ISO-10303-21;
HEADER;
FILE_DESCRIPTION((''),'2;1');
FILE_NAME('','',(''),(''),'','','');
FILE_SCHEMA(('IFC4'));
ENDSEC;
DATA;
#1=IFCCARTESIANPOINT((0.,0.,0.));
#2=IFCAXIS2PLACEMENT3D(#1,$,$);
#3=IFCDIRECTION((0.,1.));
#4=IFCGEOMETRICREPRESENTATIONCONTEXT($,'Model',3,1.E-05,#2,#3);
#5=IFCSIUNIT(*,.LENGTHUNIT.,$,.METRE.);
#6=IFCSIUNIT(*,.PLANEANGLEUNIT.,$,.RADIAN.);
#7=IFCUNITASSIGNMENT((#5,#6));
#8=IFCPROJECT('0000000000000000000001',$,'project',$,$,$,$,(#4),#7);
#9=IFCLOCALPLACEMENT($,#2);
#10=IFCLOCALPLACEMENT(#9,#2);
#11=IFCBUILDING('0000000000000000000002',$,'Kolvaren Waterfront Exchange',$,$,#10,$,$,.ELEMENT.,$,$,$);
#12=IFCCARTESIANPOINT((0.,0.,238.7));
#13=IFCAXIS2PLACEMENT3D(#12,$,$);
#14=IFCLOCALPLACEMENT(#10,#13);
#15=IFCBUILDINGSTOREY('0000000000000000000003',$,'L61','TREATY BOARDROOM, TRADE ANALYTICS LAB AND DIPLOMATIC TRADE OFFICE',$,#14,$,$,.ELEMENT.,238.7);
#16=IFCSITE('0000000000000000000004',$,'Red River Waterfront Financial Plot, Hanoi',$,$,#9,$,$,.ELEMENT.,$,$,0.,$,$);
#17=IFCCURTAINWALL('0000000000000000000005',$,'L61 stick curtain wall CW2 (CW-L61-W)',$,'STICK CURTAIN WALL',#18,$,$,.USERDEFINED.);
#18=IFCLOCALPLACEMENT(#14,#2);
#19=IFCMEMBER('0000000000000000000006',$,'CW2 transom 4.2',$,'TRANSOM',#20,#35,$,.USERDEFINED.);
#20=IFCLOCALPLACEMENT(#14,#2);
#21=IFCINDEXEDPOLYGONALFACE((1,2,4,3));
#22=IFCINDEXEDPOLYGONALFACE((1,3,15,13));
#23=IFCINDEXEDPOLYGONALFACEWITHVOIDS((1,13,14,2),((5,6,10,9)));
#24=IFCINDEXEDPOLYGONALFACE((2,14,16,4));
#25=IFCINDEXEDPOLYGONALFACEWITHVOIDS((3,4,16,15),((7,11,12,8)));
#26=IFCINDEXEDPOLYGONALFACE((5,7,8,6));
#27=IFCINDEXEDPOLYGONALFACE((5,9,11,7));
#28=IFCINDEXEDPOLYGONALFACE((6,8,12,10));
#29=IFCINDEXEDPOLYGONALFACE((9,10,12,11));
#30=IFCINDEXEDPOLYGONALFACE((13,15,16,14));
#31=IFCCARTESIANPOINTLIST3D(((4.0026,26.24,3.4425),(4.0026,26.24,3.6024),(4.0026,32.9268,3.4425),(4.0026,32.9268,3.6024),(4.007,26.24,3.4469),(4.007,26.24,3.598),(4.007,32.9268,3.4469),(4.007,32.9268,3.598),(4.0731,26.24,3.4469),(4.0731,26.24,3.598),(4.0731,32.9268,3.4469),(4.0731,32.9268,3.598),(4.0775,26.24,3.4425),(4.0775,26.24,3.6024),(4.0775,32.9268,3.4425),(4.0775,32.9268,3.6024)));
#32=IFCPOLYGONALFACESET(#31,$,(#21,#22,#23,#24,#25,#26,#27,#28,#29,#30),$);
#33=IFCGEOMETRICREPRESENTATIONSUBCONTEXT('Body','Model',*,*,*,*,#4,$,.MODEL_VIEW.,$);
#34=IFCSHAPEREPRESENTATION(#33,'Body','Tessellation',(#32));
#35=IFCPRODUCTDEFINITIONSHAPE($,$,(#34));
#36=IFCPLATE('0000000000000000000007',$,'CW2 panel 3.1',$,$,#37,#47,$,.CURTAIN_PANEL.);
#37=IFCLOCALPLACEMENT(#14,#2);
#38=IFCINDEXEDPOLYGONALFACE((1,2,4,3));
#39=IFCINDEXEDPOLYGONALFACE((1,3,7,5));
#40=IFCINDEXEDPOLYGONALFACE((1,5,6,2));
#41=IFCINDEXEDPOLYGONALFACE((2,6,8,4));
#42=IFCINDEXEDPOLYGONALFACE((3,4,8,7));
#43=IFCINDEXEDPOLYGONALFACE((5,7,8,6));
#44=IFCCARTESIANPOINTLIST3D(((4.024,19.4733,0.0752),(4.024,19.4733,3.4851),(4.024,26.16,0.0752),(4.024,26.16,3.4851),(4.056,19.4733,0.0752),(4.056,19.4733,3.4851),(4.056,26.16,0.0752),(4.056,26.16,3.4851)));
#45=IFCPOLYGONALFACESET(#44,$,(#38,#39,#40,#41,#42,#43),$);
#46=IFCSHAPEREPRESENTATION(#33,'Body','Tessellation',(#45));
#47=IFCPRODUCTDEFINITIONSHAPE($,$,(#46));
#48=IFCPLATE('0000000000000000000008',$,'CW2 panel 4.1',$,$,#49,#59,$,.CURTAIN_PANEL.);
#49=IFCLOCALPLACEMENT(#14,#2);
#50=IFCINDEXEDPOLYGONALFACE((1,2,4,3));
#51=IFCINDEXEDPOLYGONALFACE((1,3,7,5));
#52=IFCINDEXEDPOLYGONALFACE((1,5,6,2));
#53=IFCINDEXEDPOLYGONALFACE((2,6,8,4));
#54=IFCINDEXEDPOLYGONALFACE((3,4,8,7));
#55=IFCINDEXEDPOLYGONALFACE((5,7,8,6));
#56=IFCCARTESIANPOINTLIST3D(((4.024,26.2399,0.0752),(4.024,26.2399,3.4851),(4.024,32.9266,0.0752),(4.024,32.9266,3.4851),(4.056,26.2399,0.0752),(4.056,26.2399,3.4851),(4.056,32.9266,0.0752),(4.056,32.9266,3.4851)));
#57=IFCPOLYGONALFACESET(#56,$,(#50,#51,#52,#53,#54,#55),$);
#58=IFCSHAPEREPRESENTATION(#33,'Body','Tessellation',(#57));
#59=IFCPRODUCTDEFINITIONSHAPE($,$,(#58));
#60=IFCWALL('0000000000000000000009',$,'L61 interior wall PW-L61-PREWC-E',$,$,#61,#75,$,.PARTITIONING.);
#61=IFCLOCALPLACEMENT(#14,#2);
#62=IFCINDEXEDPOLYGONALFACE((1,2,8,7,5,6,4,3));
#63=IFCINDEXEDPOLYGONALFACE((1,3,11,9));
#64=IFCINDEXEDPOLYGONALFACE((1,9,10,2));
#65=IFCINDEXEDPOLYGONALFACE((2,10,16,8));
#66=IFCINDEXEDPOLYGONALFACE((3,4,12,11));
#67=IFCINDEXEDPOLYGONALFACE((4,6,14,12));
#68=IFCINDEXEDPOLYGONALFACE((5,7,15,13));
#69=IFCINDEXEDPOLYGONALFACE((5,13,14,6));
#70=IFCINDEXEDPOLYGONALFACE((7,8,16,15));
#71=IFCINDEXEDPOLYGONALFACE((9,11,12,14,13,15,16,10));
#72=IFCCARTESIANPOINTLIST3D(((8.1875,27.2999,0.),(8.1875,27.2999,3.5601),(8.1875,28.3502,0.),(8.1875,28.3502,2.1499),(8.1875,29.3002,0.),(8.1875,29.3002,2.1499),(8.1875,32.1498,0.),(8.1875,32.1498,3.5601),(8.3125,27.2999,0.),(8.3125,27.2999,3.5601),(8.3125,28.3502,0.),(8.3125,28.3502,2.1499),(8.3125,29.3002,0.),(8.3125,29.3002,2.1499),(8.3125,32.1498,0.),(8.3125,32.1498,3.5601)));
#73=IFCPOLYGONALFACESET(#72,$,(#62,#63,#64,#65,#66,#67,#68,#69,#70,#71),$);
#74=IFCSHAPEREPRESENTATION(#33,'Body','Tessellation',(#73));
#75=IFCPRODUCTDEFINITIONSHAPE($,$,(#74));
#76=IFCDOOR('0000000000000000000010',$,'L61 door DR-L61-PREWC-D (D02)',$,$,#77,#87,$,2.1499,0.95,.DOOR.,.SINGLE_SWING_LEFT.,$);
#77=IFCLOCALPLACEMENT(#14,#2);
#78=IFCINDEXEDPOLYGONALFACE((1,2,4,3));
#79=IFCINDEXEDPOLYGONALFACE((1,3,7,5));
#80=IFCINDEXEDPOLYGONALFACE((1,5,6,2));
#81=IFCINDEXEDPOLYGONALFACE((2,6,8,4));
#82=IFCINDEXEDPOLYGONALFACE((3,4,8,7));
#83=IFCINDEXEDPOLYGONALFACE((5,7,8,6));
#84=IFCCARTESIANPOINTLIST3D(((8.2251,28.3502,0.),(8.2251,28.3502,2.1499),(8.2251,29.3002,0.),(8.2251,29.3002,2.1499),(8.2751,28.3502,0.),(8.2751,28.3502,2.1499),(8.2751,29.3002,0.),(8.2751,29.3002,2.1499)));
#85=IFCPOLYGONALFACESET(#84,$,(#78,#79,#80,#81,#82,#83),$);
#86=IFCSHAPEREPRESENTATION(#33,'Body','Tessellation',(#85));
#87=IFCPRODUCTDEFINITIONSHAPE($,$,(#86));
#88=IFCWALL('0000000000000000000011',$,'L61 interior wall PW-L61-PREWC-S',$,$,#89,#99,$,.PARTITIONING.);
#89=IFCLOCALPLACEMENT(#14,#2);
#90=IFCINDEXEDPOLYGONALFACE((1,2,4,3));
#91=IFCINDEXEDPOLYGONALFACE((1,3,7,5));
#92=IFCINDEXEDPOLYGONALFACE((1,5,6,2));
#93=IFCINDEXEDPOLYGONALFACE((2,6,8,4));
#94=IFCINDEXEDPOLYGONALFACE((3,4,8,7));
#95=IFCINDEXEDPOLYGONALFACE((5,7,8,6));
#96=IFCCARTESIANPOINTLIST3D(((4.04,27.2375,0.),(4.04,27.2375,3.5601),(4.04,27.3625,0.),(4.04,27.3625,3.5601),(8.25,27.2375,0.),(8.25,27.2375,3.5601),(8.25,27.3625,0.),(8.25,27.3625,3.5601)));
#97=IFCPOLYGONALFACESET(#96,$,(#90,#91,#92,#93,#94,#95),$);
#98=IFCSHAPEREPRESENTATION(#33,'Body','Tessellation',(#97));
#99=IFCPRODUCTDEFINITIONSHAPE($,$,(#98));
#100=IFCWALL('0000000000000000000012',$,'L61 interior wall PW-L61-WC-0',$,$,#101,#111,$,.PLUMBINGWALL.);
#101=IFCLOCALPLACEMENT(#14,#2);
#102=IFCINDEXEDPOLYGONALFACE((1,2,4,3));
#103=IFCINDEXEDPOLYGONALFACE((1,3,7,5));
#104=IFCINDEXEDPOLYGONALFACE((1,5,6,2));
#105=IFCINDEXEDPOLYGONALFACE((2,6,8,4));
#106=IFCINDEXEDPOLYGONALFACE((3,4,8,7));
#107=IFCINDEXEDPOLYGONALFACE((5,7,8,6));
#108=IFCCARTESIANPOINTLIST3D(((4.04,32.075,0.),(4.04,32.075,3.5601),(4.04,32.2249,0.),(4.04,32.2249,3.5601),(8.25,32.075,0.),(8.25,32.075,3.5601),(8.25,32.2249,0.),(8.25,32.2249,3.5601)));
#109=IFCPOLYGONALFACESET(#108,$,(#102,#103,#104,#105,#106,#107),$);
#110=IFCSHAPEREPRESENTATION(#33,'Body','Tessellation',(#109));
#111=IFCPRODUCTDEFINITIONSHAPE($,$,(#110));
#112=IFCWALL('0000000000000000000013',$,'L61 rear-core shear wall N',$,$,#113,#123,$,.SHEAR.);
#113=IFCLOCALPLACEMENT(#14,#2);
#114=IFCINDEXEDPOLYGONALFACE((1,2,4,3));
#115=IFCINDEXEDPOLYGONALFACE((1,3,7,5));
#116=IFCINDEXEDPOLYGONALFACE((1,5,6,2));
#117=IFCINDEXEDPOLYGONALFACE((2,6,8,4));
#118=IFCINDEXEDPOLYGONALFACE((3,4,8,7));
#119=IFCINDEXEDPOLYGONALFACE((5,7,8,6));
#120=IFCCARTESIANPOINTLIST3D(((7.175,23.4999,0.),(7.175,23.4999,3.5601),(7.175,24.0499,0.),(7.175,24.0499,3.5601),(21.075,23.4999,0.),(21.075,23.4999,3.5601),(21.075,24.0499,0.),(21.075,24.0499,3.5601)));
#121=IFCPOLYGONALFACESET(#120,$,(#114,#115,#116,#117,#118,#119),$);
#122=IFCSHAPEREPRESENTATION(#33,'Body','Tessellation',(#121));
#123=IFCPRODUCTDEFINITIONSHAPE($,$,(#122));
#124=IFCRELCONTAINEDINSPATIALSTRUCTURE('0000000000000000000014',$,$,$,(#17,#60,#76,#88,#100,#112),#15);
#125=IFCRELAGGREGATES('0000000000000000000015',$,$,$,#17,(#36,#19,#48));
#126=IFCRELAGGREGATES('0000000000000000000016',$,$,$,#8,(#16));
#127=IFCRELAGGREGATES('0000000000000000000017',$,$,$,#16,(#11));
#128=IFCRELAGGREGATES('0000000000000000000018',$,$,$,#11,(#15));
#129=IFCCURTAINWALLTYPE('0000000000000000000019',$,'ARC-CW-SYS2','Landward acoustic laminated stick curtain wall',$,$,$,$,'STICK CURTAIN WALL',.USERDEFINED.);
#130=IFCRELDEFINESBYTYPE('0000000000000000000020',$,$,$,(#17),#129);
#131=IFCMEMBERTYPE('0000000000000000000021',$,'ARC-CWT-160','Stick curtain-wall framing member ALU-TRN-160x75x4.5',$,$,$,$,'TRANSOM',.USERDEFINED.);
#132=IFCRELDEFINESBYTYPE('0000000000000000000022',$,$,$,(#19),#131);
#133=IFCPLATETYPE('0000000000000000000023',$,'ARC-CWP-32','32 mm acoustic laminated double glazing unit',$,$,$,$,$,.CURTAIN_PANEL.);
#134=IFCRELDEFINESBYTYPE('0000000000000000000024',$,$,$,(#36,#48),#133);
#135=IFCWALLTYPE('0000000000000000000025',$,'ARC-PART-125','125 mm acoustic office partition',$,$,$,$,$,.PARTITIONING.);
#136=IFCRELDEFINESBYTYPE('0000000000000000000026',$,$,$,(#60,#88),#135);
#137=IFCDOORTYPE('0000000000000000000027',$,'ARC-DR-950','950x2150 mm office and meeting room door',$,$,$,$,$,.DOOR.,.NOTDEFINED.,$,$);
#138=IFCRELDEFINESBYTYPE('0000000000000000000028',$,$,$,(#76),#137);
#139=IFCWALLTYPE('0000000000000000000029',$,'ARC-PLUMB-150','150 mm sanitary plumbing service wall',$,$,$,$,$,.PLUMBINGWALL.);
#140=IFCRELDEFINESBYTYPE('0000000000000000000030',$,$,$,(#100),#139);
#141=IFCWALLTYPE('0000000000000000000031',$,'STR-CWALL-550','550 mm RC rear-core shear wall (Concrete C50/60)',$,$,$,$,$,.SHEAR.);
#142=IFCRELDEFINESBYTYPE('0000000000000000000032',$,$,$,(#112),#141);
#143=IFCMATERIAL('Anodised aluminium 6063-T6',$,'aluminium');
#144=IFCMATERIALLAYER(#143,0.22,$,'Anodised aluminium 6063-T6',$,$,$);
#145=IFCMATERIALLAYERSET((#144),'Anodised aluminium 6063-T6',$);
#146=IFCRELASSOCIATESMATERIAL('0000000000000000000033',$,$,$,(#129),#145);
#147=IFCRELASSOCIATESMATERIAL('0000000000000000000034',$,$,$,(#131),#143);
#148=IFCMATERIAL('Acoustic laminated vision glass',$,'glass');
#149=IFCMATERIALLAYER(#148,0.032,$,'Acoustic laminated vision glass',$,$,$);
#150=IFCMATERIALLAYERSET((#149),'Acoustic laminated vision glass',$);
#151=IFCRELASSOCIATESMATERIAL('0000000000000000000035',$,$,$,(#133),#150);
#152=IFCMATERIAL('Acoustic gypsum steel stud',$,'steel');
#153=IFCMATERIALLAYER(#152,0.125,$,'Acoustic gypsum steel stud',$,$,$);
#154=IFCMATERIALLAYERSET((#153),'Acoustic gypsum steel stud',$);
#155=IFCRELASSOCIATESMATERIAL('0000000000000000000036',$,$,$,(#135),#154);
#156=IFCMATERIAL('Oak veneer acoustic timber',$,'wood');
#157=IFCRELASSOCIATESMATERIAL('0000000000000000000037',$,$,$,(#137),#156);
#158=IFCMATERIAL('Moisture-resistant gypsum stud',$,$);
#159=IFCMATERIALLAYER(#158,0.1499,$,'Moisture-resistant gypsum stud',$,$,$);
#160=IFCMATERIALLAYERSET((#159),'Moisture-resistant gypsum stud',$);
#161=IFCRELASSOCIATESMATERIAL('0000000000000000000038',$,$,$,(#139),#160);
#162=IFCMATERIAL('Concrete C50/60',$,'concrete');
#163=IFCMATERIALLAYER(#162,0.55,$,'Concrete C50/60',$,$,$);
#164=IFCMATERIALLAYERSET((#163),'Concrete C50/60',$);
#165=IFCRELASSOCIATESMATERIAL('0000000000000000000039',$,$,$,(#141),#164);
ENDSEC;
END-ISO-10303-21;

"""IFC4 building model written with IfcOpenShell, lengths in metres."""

from ifc_helpers import new_model, si_unit, direction, frame, frame_2d, origin, origin_with_axes, origin_2d, place, context, subcontext, project, spatial, rectangle, hollow_rectangle, extrude, source, transform, mapped, material, layer, layer_set, material_profile, profile_set, type_object, element, fill, aggregate, save


model = new_model("IFC4")

# Units and contexts
model_context = context("Model", 3, precision=1e-05, world=origin(), true_north=direction((0.0, 1.0)))
body_context = subcontext(model_context, "Body", "Model", "MODEL_VIEW")
ifc_project = project(units=[si_unit("LENGTHUNIT", "METRE"), si_unit("PLANEANGLEUNIT", "RADIAN")], contexts=[model_context])

# Site, building, storey
site_placement = place(None, origin())
site = spatial("IfcSite", under=ifc_project, at=site_placement, Name="Red River Waterfront Financial Plot, Hanoi", CompositionType="ELEMENT", RefElevation=0.0)
building_placement = place(site_placement, origin())
building = spatial("IfcBuilding", under=site, at=building_placement, Name="Kolvaren Waterfront Exchange", CompositionType="ELEMENT")
storey_placement = place(building_placement, frame((0.0, 0.0, 238.7)))
storey = spatial("IfcBuildingStorey", under=building, at=storey_placement, Name="L61", Description="TREATY BOARDROOM, TRADE ANALYTICS LAB AND DIPLOMATIC TRADE OFFICE", CompositionType="ELEMENT", Elevation=238.7)

# Shared definitions
ifc_material_1 = material(Name="Concrete C50/60", Category="concrete")

# Curtain wall, member, plates
ifc_material_2 = material(Name="Anodised aluminium 6063-T6", Category="aluminium")
ifc_layer_1 = layer(ifc_material_2, 0.22, Name="Anodised aluminium 6063-T6")
ifc_layer_set_1 = layer_set([ifc_layer_1], Name="Anodised aluminium 6063-T6")
curtain_wall_type = type_object("IfcCurtainWallType", Name="ARC-CW-SYS2", Description="Landward acoustic laminated stick curtain wall", ElementType="STICK CURTAIN WALL", PredefinedType="USERDEFINED", material=ifc_layer_set_1)
curtain_wall_placement = place(storey_placement, origin())
curtain_wall = element("IfcCurtainWall", 1, at=curtain_wall_placement, inside=storey, type_object=curtain_wall_type, Name="L61 stick curtain wall CW2 (CW-L61-W)", ObjectType="STICK CURTAIN WALL", PredefinedType="USERDEFINED")
ifc_material_profile_1 = material_profile(ifc_material_2, hollow_rectangle(XDim=0.075, YDim=0.1599, WallThickness=0.0044, at=origin_2d()), Name="ALU-TRN-160x75x4.5")
ifc_profile_set_1 = profile_set([ifc_material_profile_1], Name="Anodised aluminium 6063-T6")
member_type_1 = type_object("IfcMemberType", Name="ARC-CWT-160", Description="Stick curtain-wall framing member ALU-TRN-160x75x4.5", ElementType="TRANSOM", PredefinedType="USERDEFINED", material=ifc_profile_set_1)
shared_shape_1 = source(origin_with_axes(), body_context, "Body", "SweptSolid", [
    extrude(hollow_rectangle(XDim=0.075, YDim=0.1599, WallThickness=0.0044, at=origin_2d()), origin(), (0.0, 0.0, 1.0), 6.6868),
])
member_1_placement = place(storey_placement, frame((4.04, 26.24, 3.5225), z_axis=(0.0, 1.0, 0.0), x_axis=(-1.0, 0.0, 0.0)))
member_1 = element("IfcMember", 2, at=member_1_placement, type_object=member_type_1, Name="CW2 transom 4.2", ObjectType="TRANSOM", PredefinedType="USERDEFINED", context=body_context, shape_type="MappedRepresentation", body=[
    mapped(shared_shape_1, transform((0.0, 0.0, 0.0), x_axis=(1.0, 0.0, 0.0), y_axis=(0.0, 1.0, 0.0), z_axis=(0.0, 0.0, 1.0), scale=1.0)),
])
ifc_material_3 = material(Name="Acoustic laminated vision glass", Category="glass")
ifc_layer_2 = layer(ifc_material_3, 0.032, Name="Acoustic laminated vision glass")
ifc_layer_set_2 = layer_set([ifc_layer_2], Name="Acoustic laminated vision glass")
plate_type = type_object("IfcPlateType", Name="ARC-CWP-32", Description="32 mm acoustic laminated double glazing unit", PredefinedType="CURTAIN_PANEL", material=ifc_layer_set_2)
shared_shape_2 = source(origin_with_axes(), body_context, "Body", "SweptSolid", [
    extrude(rectangle(XDim=6.6868, YDim=0.032, at=origin_2d()), origin(), (0.0, 0.0, 1.0), 3.4099),
])
plate_1_placement = place(storey_placement, frame((4.04, 22.8167, 0.0752), z_axis=(0.0, 0.0, 1.0), x_axis=(0.0, 1.0, 0.0)))
plate_1 = element("IfcPlate", 3, at=plate_1_placement, type_object=plate_type, Name="CW2 panel 3.1", PredefinedType="CURTAIN_PANEL", context=body_context, shape_type="MappedRepresentation", body=[
    mapped(shared_shape_2, transform((0.0, 0.0, 0.0), x_axis=(1.0, 0.0, 0.0), y_axis=(0.0, 1.0, 0.0), z_axis=(0.0, 0.0, 1.0), scale=1.0)),
])
plate_2_placement = place(storey_placement, frame((4.04, 29.5833, 0.0752), z_axis=(0.0, 0.0, 1.0), x_axis=(0.0, 1.0, 0.0)))
plate_2 = element("IfcPlate", 4, at=plate_2_placement, type_object=plate_type, Name="CW2 panel 4.1", PredefinedType="CURTAIN_PANEL", context=body_context, shape_type="MappedRepresentation", body=[
    mapped(shared_shape_2, transform((0.0, 0.0, 0.0), x_axis=(1.0, 0.0, 0.0), y_axis=(0.0, 1.0, 0.0), z_axis=(0.0, 0.0, 1.0), scale=1.0)),
])
aggregate(curtain_wall, [plate_1, member_1, plate_2])

# Wall, opening, door
ifc_material_4 = material(Name="Acoustic gypsum steel stud", Category="steel")
ifc_layer_3 = layer(ifc_material_4, 0.125, Name="Acoustic gypsum steel stud")
ifc_layer_set_3 = layer_set([ifc_layer_3], Name="Acoustic gypsum steel stud")
wall_type_1 = type_object("IfcWallType", Name="ARC-PART-125", Description="125 mm acoustic office partition", PredefinedType="PARTITIONING", material=ifc_layer_set_3)
wall_1_placement = place(storey_placement, frame((8.25, 27.3, 0.0), z_axis=(0.0, 0.0, 1.0), x_axis=(0.0, 1.0, 0.0)))
wall_1 = element("IfcWall", 5, at=wall_1_placement, inside=storey, type_object=wall_type_1, Name="L61 interior wall PW-L61-PREWC-E", PredefinedType="PARTITIONING", context=body_context, shape_type="SweptSolid", body=[
    extrude(rectangle(XDim=4.8499, YDim=0.125, at=frame_2d((2.4248, 0.0))), origin(), (0.0, 0.0, 1.0), 3.5601),
])
opening_1_placement = place(wall_1_placement, frame((1.05, 0.0, 0.0)))
opening_1 = element("IfcOpeningElement", 6, at=opening_1_placement, cuts=wall_1, PredefinedType="OPENING", context=body_context, shape_type="SweptSolid", body=[
    extrude(rectangle(XDim=0.95, YDim=2.1499, at=frame_2d((0.4751, 1.075))), frame((0.0, 0.0725, 0.0), z_axis=(0.0, -1.0, 0.0), x_axis=(1.0, 0.0, 0.0)), (0.0, 0.0, 1.0), 0.145),
])
ifc_material_5 = material(Name="Oak veneer acoustic timber", Category="wood")
door_type_1 = type_object("IfcDoorType", Name="ARC-DR-950", Description="950x2150 mm office and meeting room door", OperationType="NOTDEFINED", PredefinedType="DOOR", material=ifc_material_5)
door_1_placement = place(opening_1_placement, origin())
door_1 = element("IfcDoor", 7, at=door_1_placement, inside=storey, type_object=door_type_1, Name="L61 door DR-L61-PREWC-D (D02)", OperationType="SINGLE_SWING_LEFT", OverallHeight=2.1499, OverallWidth=0.95, PredefinedType="DOOR", context=body_context, shape_type="SweptSolid", body=[
    extrude(rectangle(XDim=0.95, YDim=2.1499, at=frame_2d((0.4751, 1.075))), frame((0.0, 0.0249, 0.0), z_axis=(0.0, -1.0, 0.0), x_axis=(1.0, 0.0, 0.0)), (0.0, 0.0, 1.0), 0.05),
])
fill(opening_1, door_1)

# Walls
wall_2_placement = place(storey_placement, frame((4.04, 27.3, 0.0), z_axis=(0.0, 0.0, 1.0), x_axis=(1.0, 0.0, 0.0)))
element("IfcWall", 8, at=wall_2_placement, inside=storey, type_object=wall_type_1, Name="L61 interior wall PW-L61-PREWC-S", PredefinedType="PARTITIONING", context=body_context, shape_type="SweptSolid", body=[
    extrude(rectangle(XDim=4.21, YDim=0.125, at=frame_2d((2.105, 0.0))), origin(), (0.0, 0.0, 1.0), 3.5601),
])
ifc_material_6 = material(Name="Moisture-resistant gypsum stud")
ifc_layer_4 = layer(ifc_material_6, 0.1499, Name="Moisture-resistant gypsum stud")
ifc_layer_set_4 = layer_set([ifc_layer_4], Name="Moisture-resistant gypsum stud")
wall_type_2 = type_object("IfcWallType", Name="ARC-PLUMB-150", Description="150 mm sanitary plumbing service wall", PredefinedType="PLUMBINGWALL", material=ifc_layer_set_4)
wall_3_placement = place(storey_placement, frame((4.04, 32.1499, 0.0), z_axis=(0.0, 0.0, 1.0), x_axis=(1.0, 0.0, 0.0)))
element("IfcWall", 9, at=wall_3_placement, inside=storey, type_object=wall_type_2, Name="L61 interior wall PW-L61-WC-0", PredefinedType="PLUMBINGWALL", context=body_context, shape_type="SweptSolid", body=[
    extrude(rectangle(XDim=4.21, YDim=0.1499, at=frame_2d((2.105, 0.0))), origin(), (0.0, 0.0, 1.0), 3.5601),
])

# Wall
ifc_layer_5 = layer(ifc_material_1, 0.55, Name="Concrete C50/60")
ifc_layer_set_5 = layer_set([ifc_layer_5], Name="Concrete C50/60")
wall_type_3 = type_object("IfcWallType", Name="STR-CWALL-550", Description="550 mm RC rear-core shear wall (Concrete C50/60)", PredefinedType="SHEAR", material=ifc_layer_set_5)
wall_4_placement = place(storey_placement, frame((7.175, 23.7749, 0.0), z_axis=(0.0, 0.0, 1.0), x_axis=(1.0, 0.0, 0.0)))
element("IfcWall", 10, at=wall_4_placement, inside=storey, type_object=wall_type_3, Name="L61 rear-core shear wall N", PredefinedType="SHEAR", context=body_context, shape_type="SweptSolid", body=[
    extrude(rectangle(XDim=13.8999, YDim=0.55, at=frame_2d((6.95, 0.0))), origin(), (0.0, 0.0, 1.0), 3.5601),
])

save(model, "model.ifc")
